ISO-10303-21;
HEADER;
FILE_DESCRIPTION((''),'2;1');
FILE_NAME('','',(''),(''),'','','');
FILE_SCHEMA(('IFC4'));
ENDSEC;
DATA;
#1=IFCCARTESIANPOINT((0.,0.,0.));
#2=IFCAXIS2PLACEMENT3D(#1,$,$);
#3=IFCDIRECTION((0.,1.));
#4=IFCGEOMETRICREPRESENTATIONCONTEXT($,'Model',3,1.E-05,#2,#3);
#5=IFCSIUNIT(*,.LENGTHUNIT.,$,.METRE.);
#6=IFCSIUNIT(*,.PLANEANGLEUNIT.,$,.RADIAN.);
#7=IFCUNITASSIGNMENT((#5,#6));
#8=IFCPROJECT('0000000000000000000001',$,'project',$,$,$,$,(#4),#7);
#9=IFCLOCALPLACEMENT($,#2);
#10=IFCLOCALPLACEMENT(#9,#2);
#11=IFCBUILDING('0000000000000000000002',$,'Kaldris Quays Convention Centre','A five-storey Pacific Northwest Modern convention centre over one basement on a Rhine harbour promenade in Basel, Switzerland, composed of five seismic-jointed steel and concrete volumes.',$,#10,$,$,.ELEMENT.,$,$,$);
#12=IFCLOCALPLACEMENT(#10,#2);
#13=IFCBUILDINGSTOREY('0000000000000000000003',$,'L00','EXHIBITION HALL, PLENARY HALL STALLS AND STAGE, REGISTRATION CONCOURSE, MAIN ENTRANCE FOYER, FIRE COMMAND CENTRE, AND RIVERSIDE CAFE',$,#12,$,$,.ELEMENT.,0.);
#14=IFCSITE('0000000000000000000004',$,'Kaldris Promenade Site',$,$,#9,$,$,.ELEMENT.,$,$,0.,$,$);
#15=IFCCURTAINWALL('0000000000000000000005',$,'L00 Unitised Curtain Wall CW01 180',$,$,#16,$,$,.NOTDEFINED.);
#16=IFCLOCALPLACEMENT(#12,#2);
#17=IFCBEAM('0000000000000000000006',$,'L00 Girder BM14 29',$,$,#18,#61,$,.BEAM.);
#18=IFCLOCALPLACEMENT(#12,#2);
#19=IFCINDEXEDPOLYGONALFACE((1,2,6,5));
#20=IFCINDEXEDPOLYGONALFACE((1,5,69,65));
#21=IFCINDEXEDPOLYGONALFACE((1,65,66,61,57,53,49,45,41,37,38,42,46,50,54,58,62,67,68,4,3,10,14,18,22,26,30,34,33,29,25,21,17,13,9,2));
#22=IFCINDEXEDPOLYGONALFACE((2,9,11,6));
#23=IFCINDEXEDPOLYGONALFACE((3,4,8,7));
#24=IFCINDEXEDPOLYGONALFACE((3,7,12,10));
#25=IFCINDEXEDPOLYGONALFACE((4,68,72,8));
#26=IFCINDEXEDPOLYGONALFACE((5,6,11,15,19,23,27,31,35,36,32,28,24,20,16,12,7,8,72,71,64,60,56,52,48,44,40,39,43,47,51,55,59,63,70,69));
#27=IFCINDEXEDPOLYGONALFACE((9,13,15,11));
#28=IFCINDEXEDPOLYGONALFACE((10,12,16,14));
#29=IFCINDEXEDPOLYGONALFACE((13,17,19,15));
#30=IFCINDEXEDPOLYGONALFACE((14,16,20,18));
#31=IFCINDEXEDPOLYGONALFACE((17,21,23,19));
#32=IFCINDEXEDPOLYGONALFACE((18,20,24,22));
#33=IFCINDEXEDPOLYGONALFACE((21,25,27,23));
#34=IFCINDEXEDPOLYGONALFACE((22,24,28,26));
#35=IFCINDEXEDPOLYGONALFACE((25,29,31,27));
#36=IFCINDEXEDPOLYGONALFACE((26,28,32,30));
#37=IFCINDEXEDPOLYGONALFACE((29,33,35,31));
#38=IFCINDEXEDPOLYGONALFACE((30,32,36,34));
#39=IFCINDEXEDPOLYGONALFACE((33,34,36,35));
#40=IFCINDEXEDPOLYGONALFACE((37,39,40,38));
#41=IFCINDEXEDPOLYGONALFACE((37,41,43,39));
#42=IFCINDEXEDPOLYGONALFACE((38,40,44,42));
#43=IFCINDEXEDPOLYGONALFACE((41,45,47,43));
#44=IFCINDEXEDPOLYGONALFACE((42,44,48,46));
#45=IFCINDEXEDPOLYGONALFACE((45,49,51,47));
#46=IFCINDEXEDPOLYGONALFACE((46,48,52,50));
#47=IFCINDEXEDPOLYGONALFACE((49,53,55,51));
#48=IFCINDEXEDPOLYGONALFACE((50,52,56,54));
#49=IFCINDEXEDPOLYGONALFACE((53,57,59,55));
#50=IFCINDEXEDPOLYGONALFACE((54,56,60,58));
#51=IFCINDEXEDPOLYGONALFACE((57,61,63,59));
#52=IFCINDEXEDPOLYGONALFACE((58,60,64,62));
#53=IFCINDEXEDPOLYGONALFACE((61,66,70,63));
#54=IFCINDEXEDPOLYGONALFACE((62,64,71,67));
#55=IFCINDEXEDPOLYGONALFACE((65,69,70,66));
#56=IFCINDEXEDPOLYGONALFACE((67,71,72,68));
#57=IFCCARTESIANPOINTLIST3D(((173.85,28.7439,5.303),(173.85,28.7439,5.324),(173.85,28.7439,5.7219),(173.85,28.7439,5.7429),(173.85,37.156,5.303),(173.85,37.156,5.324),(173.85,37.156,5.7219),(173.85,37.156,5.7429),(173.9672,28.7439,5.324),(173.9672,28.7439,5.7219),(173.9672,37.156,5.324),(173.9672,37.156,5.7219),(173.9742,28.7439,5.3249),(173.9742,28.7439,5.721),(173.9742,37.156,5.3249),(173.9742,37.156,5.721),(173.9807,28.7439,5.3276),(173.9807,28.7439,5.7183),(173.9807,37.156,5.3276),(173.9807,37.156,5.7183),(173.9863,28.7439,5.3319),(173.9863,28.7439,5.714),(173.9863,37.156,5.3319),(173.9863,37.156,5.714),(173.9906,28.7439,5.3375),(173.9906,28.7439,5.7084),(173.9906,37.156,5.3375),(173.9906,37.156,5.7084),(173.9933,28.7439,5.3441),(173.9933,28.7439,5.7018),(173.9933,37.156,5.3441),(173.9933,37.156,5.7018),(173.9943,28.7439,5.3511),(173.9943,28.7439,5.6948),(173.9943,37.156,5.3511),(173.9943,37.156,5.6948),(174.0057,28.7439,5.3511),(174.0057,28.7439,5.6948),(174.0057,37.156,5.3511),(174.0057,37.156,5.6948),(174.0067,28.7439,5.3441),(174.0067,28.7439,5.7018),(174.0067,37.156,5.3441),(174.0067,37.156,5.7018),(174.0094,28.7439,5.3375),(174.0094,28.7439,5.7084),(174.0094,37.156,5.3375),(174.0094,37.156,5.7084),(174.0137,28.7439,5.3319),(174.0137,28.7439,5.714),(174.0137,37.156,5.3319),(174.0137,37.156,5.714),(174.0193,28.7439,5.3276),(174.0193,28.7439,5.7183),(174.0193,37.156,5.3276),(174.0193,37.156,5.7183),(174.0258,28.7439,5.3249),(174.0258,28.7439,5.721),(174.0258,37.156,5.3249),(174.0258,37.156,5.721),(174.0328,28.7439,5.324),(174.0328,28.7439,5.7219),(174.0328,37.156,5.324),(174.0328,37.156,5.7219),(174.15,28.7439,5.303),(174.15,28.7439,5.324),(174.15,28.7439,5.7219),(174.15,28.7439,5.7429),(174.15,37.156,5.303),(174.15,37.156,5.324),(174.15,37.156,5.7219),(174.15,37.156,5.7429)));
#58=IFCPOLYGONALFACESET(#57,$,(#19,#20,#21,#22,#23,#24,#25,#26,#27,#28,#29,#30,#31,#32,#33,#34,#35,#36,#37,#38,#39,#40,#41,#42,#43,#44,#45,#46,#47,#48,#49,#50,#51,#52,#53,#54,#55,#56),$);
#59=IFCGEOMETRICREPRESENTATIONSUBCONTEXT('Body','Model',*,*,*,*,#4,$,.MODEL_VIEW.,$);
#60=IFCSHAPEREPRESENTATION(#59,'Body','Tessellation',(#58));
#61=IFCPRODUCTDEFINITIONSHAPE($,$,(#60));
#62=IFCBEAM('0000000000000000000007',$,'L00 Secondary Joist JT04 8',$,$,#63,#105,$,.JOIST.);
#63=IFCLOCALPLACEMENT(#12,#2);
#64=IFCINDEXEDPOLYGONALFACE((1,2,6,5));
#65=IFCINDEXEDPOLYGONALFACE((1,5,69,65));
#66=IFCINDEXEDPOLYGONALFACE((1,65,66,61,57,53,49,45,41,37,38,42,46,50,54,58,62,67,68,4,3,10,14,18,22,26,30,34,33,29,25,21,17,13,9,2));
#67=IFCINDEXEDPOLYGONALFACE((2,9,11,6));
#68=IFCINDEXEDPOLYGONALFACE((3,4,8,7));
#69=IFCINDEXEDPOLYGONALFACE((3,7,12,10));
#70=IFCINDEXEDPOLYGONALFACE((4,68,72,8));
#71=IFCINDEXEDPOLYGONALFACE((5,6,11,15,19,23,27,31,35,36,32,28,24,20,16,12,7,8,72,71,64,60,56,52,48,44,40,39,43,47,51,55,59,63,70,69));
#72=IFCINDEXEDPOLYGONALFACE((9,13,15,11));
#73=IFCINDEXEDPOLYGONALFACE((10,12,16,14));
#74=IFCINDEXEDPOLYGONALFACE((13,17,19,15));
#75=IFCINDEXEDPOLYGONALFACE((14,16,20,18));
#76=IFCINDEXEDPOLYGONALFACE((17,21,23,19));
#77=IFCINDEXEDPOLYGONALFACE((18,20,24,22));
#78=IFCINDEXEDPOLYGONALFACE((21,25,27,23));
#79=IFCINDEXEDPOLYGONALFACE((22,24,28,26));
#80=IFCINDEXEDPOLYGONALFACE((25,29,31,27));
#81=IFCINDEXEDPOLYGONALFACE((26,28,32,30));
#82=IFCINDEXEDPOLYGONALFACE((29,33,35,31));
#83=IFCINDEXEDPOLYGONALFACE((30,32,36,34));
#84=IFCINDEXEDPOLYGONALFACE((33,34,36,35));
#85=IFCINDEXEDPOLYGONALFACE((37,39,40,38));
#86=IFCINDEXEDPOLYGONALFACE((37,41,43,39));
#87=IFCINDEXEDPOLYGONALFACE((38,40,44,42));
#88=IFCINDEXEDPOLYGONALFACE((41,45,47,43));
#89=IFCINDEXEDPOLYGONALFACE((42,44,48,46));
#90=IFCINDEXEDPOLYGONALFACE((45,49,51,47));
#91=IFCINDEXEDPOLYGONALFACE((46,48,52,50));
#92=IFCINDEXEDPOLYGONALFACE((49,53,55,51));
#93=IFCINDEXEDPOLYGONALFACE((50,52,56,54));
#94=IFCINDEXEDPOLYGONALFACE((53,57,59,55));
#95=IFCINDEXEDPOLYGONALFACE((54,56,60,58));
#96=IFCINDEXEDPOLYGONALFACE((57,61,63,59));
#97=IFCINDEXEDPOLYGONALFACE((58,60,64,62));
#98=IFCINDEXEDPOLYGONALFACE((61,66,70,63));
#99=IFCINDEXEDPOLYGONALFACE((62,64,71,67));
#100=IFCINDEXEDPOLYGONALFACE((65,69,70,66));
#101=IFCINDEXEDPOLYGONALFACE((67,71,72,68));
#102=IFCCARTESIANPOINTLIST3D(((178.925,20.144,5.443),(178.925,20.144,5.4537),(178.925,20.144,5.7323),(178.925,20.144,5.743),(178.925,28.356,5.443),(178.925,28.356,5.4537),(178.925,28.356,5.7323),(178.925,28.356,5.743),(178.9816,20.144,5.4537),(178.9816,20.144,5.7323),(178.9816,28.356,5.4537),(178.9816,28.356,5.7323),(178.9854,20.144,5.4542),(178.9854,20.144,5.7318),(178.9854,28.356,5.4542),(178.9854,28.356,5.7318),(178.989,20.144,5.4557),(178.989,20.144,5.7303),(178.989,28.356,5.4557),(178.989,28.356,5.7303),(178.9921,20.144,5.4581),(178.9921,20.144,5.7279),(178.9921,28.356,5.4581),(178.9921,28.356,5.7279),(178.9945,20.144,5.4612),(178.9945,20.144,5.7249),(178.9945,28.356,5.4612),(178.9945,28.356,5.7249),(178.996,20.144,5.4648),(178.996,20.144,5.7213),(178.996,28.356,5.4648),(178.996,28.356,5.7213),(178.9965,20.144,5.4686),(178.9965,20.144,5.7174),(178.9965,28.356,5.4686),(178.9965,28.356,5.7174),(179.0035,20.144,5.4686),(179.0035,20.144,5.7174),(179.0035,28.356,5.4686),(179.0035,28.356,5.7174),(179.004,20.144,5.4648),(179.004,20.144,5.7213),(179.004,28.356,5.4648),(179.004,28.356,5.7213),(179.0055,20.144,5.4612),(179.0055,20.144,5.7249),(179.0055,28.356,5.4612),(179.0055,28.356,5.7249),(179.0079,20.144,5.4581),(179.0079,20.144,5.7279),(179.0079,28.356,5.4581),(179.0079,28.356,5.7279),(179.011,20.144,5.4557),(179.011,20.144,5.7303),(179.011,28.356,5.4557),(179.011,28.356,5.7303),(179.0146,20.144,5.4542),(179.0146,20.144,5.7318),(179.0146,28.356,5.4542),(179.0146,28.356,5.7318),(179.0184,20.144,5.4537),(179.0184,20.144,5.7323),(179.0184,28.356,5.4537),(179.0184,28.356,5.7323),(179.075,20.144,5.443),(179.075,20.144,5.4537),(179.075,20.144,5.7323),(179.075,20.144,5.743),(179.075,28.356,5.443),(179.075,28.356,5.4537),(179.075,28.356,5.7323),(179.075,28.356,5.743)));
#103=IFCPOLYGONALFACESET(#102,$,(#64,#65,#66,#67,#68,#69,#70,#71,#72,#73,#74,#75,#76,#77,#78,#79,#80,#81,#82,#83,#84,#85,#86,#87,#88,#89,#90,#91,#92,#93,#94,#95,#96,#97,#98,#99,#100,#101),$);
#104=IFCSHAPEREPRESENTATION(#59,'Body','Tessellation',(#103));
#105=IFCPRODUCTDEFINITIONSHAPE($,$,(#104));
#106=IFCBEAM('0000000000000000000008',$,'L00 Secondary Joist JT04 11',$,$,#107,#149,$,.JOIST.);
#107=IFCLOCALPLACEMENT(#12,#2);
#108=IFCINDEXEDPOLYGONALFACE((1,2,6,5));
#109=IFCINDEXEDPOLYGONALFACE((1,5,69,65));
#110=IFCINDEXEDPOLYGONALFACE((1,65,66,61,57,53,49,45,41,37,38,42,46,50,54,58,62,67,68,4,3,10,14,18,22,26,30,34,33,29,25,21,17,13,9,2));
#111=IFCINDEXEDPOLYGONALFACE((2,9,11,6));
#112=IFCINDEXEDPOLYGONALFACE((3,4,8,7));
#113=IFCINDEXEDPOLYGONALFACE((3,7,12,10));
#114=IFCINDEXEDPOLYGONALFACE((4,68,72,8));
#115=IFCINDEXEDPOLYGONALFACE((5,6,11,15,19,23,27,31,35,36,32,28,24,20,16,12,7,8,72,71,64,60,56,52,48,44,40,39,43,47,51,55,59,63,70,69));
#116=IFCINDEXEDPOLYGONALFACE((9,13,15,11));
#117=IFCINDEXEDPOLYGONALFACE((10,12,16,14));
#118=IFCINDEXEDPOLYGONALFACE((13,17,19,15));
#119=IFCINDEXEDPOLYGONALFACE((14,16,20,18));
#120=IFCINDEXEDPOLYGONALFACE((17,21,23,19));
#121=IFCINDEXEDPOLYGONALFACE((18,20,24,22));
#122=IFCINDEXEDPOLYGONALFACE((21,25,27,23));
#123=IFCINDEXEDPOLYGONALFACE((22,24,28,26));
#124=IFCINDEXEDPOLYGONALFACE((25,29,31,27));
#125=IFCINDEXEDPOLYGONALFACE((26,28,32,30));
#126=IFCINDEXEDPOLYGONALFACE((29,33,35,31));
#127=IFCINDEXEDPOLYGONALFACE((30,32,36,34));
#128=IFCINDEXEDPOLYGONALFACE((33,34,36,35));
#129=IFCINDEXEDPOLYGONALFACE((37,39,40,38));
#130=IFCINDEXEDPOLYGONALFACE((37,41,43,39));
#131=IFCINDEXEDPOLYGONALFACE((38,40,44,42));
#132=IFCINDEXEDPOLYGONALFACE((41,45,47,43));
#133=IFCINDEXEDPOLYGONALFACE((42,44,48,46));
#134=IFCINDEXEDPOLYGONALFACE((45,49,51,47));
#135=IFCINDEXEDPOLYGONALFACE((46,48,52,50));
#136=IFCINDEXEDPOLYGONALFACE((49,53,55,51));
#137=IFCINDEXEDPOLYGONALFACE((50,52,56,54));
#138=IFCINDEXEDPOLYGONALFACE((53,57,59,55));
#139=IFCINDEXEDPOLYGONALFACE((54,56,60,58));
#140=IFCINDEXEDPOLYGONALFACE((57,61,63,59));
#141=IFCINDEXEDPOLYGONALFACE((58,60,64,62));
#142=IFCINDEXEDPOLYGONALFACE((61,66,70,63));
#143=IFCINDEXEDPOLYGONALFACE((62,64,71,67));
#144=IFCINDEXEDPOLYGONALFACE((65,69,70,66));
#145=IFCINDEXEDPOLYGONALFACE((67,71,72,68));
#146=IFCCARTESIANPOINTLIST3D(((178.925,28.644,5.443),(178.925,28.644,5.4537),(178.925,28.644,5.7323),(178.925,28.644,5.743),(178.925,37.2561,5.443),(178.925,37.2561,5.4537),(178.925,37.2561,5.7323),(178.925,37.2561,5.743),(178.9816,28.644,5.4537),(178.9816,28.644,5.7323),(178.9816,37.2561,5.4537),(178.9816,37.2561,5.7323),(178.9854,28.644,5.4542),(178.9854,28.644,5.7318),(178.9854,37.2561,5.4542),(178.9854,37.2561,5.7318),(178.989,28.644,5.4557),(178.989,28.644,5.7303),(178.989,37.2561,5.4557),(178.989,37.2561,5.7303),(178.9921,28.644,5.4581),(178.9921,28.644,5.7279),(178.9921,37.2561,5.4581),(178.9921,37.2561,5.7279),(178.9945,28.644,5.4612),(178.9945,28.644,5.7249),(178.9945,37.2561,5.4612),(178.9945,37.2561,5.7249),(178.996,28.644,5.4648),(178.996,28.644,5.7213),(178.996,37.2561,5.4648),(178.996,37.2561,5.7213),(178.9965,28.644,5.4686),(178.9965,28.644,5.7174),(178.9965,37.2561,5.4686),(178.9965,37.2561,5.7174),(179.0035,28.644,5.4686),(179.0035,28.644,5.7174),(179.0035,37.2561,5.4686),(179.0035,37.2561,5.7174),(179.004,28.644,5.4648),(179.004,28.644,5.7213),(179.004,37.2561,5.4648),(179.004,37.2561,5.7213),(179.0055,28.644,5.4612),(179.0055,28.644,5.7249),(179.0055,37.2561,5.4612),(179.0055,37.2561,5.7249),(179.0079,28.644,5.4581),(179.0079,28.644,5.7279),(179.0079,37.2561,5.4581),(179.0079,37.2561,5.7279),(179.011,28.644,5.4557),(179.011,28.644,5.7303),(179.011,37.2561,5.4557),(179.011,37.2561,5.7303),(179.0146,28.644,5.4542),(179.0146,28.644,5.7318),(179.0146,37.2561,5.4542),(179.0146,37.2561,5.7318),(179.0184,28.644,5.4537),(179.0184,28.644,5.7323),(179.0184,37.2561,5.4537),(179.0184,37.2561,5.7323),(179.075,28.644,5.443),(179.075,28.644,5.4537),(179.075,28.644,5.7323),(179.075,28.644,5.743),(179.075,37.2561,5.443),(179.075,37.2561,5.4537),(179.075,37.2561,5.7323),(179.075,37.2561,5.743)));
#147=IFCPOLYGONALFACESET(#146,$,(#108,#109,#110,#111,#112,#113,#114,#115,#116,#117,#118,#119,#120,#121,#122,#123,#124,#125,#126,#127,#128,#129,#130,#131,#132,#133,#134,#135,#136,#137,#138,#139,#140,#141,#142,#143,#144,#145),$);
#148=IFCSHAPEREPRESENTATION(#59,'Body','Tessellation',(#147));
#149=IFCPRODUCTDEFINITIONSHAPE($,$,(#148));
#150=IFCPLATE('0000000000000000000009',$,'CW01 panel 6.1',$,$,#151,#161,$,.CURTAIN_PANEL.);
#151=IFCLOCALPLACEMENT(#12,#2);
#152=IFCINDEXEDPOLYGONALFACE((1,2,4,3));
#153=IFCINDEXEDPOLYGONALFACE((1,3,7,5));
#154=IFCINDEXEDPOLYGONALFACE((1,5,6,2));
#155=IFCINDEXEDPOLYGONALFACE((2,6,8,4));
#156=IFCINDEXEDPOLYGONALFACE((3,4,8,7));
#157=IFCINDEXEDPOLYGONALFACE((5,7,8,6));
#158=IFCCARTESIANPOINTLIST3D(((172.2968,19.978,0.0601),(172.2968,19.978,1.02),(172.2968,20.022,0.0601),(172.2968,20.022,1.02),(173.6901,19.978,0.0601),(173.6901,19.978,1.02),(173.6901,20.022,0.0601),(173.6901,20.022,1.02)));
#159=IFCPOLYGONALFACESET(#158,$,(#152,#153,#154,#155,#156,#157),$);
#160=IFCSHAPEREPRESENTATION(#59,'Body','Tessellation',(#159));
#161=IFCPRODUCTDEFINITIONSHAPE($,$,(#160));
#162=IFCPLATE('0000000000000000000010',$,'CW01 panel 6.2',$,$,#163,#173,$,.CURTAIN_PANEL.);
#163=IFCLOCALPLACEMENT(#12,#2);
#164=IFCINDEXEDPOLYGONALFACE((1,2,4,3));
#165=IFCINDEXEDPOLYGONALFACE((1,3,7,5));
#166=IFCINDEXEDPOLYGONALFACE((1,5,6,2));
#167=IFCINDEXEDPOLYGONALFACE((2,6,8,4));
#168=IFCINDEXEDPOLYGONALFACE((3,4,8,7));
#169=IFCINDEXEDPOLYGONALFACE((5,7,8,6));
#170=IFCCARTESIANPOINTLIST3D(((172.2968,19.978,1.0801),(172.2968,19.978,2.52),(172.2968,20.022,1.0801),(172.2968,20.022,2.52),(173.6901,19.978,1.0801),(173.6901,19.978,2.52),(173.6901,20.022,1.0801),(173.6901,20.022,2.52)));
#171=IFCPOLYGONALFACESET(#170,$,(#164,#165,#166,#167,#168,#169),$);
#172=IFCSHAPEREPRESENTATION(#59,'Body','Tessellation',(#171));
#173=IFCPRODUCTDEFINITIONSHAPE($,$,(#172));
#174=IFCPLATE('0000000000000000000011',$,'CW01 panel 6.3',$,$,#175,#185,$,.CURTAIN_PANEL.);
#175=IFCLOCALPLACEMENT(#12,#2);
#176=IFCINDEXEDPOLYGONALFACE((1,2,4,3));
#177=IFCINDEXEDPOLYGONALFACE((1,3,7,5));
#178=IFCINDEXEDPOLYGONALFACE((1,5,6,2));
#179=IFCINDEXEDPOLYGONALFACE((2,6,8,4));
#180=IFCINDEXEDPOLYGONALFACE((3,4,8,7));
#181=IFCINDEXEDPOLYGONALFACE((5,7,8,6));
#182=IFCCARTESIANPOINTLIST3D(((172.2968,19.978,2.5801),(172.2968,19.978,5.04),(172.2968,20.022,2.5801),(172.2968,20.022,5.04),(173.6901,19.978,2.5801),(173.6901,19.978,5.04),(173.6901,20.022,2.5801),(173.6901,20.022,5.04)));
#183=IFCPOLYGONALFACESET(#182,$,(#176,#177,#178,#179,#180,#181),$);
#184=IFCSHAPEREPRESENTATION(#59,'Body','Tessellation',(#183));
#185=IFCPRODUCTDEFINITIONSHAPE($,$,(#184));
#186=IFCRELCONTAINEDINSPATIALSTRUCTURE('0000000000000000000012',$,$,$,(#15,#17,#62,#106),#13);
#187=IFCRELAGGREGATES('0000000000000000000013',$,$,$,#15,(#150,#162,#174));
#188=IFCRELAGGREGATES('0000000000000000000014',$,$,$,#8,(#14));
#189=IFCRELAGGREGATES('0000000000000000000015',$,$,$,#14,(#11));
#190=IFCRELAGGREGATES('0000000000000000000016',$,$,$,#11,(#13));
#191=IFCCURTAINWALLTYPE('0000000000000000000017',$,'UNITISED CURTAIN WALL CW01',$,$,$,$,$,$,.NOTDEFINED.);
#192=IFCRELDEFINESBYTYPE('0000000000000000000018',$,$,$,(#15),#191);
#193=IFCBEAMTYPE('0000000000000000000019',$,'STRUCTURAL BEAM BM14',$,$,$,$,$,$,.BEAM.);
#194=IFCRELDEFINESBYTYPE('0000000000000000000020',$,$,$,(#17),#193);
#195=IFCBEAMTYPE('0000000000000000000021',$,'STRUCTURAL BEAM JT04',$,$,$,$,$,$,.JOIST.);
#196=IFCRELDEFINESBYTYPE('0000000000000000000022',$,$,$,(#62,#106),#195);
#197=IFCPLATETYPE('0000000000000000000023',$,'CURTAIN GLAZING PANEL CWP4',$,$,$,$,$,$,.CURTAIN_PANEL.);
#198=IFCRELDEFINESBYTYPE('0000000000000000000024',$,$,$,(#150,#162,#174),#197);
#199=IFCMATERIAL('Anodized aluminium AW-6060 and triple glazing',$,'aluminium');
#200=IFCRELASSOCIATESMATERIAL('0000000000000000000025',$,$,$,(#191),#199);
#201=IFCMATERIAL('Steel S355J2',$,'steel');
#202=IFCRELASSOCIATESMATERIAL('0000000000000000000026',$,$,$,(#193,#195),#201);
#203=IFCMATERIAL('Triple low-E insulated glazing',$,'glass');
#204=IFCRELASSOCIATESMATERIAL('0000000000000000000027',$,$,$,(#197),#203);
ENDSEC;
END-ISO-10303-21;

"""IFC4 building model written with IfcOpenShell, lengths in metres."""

from ifc_helpers import new_model, si_unit, direction, frame, origin, origin_2d, place, context, subcontext, project, spatial, rectangle, i_section, extrude, material, material_profile, profile_set, type_object, element, aggregate, save


model = new_model("IFC4")

# Units and contexts
model_context = context("Model", 3, precision=1e-05, world=origin(), true_north=direction((0.0, 1.0)))
body_context = subcontext(model_context, "Body", "Model", "MODEL_VIEW")
ifc_project = project(units=[si_unit("LENGTHUNIT", "METRE"), si_unit("PLANEANGLEUNIT", "RADIAN")], contexts=[model_context])

# Site, building, storey
site_placement = place(None, origin())
site = spatial("IfcSite", under=ifc_project, at=site_placement, Name="Kaldris Promenade Site", CompositionType="ELEMENT", RefElevation=0.0)
building_placement = place(site_placement, origin())
building = spatial("IfcBuilding", under=site, at=building_placement, Name="Kaldris Quays Convention Centre", Description="A five-storey Pacific Northwest Modern convention centre over one basement on a Rhine harbour promenade in Basel, Switzerland, composed of five seismic-jointed steel and concrete volumes.", CompositionType="ELEMENT")
storey_placement = place(building_placement, origin())
storey = spatial("IfcBuildingStorey", under=building, at=storey_placement, Name="L00", Description="EXHIBITION HALL, PLENARY HALL STALLS AND STAGE, REGISTRATION CONCOURSE, MAIN ENTRANCE FOYER, FIRE COMMAND CENTRE, AND RIVERSIDE CAFE", CompositionType="ELEMENT", Elevation=0.0)

# Shared definitions
ifc_material_1 = material(Name="Steel S355J2", Category="steel")

# Curtain wall
ifc_material_2 = material(Name="Anodized aluminium AW-6060 and triple glazing", Category="aluminium")
curtain_wall_type = type_object("IfcCurtainWallType", Name="UNITISED CURTAIN WALL CW01", PredefinedType="NOTDEFINED", material=ifc_material_2)
curtain_wall_placement = place(storey_placement, origin())
curtain_wall = element("IfcCurtainWall", 1, at=curtain_wall_placement, inside=storey, type_object=curtain_wall_type, Name="L00 Unitised Curtain Wall CW01 180", PredefinedType="NOTDEFINED")

# Beams
ifc_material_profile_1 = material_profile(ifc_material_1, i_section(OverallWidth=0.3, OverallDepth=0.4399, WebThickness=0.0115, FlangeThickness=0.021, FilletRadius=0.0271, at=origin_2d()), Name="HEA 450")
ifc_profile_set_1 = profile_set([ifc_material_profile_1], Name="Steel S355J2")
beam_type_1 = type_object("IfcBeamType", Name="STRUCTURAL BEAM BM14", PredefinedType="BEAM", material=ifc_profile_set_1)
beam_1_placement = place(storey_placement, frame((174.0, 28.7439, 5.5229), z_axis=(0.0, 1.0, 0.0), x_axis=(-1.0, 0.0, 0.0)))
element("IfcBeam", 2, at=beam_1_placement, inside=storey, type_object=beam_type_1, Name="L00 Girder BM14 29", PredefinedType="BEAM", context=body_context, shape_type="SweptSolid", body=[
    extrude(i_section(OverallWidth=0.3, OverallDepth=0.4399, WebThickness=0.0115, FlangeThickness=0.021, FilletRadius=0.0271, at=origin_2d()), origin(), (0.0, 0.0, 1.0), 8.4121),
])
ifc_material_profile_2 = material_profile(ifc_material_1, i_section(OverallWidth=0.1499, OverallDepth=0.3, WebThickness=0.0071, FlangeThickness=0.0107, FilletRadius=0.0149, at=origin_2d()), Name="IPE 300")
ifc_profile_set_2 = profile_set([ifc_material_profile_2], Name="Steel S355J2")
beam_type_2 = type_object("IfcBeamType", Name="STRUCTURAL BEAM JT04", PredefinedType="JOIST", material=ifc_profile_set_2)
beam_2_placement = place(storey_placement, frame((179.0, 20.144, 5.593), z_axis=(0.0, 1.0, 0.0), x_axis=(-1.0, 0.0, 0.0)))
element("IfcBeam", 3, at=beam_2_placement, inside=storey, type_object=beam_type_2, Name="L00 Secondary Joist JT04 8", PredefinedType="JOIST", context=body_context, shape_type="SweptSolid", body=[
    extrude(i_section(OverallWidth=0.1499, OverallDepth=0.3, WebThickness=0.0071, FlangeThickness=0.0107, FilletRadius=0.0149, at=origin_2d()), origin(), (0.0, 0.0, 1.0), 8.2119),
])
beam_3_placement = place(storey_placement, frame((179.0, 28.644, 5.593), z_axis=(0.0, 1.0, 0.0), x_axis=(-1.0, 0.0, 0.0)))
element("IfcBeam", 4, at=beam_3_placement, inside=storey, type_object=beam_type_2, Name="L00 Secondary Joist JT04 11", PredefinedType="JOIST", context=body_context, shape_type="SweptSolid", body=[
    extrude(i_section(OverallWidth=0.1499, OverallDepth=0.3, WebThickness=0.0071, FlangeThickness=0.0107, FilletRadius=0.0149, at=origin_2d()), origin(), (0.0, 0.0, 1.0), 8.6121),
])

# Plates
ifc_material_3 = material(Name="Triple low-E insulated glazing", Category="glass")
plate_type = type_object("IfcPlateType", Name="CURTAIN GLAZING PANEL CWP4", PredefinedType="CURTAIN_PANEL", material=ifc_material_3)
plate_1_placement = place(storey_placement, frame((172.9934, 20.0, 0.0601), z_axis=(0.0, 0.0, 1.0), x_axis=(1.0, 0.0, 0.0)))
plate_1 = element("IfcPlate", 5, at=plate_1_placement, type_object=plate_type, Name="CW01 panel 6.1", PredefinedType="CURTAIN_PANEL", context=body_context, shape_type="SweptSolid", body=[
    extrude(rectangle(XDim=1.3933, YDim=0.0439, at=origin_2d()), origin(), (0.0, 0.0, 1.0), 0.96),
])
plate_2_placement = place(storey_placement, frame((172.9934, 20.0, 1.0801), z_axis=(0.0, 0.0, 1.0), x_axis=(1.0, 0.0, 0.0)))
plate_2 = element("IfcPlate", 6, at=plate_2_placement, type_object=plate_type, Name="CW01 panel 6.2", PredefinedType="CURTAIN_PANEL", context=body_context, shape_type="SweptSolid", body=[
    extrude(rectangle(XDim=1.3933, YDim=0.0439, at=origin_2d()), origin(), (0.0, 0.0, 1.0), 1.4399),
])
plate_3_placement = place(storey_placement, frame((172.9934, 20.0, 2.5801), z_axis=(0.0, 0.0, 1.0), x_axis=(1.0, 0.0, 0.0)))
plate_3 = element("IfcPlate", 7, at=plate_3_placement, type_object=plate_type, Name="CW01 panel 6.3", PredefinedType="CURTAIN_PANEL", context=body_context, shape_type="SweptSolid", body=[
    extrude(rectangle(XDim=1.3933, YDim=0.0439, at=origin_2d()), origin(), (0.0, 0.0, 1.0), 2.46),
])
aggregate(curtain_wall, [plate_1, plate_2, plate_3])

save(model, "model.ifc")
